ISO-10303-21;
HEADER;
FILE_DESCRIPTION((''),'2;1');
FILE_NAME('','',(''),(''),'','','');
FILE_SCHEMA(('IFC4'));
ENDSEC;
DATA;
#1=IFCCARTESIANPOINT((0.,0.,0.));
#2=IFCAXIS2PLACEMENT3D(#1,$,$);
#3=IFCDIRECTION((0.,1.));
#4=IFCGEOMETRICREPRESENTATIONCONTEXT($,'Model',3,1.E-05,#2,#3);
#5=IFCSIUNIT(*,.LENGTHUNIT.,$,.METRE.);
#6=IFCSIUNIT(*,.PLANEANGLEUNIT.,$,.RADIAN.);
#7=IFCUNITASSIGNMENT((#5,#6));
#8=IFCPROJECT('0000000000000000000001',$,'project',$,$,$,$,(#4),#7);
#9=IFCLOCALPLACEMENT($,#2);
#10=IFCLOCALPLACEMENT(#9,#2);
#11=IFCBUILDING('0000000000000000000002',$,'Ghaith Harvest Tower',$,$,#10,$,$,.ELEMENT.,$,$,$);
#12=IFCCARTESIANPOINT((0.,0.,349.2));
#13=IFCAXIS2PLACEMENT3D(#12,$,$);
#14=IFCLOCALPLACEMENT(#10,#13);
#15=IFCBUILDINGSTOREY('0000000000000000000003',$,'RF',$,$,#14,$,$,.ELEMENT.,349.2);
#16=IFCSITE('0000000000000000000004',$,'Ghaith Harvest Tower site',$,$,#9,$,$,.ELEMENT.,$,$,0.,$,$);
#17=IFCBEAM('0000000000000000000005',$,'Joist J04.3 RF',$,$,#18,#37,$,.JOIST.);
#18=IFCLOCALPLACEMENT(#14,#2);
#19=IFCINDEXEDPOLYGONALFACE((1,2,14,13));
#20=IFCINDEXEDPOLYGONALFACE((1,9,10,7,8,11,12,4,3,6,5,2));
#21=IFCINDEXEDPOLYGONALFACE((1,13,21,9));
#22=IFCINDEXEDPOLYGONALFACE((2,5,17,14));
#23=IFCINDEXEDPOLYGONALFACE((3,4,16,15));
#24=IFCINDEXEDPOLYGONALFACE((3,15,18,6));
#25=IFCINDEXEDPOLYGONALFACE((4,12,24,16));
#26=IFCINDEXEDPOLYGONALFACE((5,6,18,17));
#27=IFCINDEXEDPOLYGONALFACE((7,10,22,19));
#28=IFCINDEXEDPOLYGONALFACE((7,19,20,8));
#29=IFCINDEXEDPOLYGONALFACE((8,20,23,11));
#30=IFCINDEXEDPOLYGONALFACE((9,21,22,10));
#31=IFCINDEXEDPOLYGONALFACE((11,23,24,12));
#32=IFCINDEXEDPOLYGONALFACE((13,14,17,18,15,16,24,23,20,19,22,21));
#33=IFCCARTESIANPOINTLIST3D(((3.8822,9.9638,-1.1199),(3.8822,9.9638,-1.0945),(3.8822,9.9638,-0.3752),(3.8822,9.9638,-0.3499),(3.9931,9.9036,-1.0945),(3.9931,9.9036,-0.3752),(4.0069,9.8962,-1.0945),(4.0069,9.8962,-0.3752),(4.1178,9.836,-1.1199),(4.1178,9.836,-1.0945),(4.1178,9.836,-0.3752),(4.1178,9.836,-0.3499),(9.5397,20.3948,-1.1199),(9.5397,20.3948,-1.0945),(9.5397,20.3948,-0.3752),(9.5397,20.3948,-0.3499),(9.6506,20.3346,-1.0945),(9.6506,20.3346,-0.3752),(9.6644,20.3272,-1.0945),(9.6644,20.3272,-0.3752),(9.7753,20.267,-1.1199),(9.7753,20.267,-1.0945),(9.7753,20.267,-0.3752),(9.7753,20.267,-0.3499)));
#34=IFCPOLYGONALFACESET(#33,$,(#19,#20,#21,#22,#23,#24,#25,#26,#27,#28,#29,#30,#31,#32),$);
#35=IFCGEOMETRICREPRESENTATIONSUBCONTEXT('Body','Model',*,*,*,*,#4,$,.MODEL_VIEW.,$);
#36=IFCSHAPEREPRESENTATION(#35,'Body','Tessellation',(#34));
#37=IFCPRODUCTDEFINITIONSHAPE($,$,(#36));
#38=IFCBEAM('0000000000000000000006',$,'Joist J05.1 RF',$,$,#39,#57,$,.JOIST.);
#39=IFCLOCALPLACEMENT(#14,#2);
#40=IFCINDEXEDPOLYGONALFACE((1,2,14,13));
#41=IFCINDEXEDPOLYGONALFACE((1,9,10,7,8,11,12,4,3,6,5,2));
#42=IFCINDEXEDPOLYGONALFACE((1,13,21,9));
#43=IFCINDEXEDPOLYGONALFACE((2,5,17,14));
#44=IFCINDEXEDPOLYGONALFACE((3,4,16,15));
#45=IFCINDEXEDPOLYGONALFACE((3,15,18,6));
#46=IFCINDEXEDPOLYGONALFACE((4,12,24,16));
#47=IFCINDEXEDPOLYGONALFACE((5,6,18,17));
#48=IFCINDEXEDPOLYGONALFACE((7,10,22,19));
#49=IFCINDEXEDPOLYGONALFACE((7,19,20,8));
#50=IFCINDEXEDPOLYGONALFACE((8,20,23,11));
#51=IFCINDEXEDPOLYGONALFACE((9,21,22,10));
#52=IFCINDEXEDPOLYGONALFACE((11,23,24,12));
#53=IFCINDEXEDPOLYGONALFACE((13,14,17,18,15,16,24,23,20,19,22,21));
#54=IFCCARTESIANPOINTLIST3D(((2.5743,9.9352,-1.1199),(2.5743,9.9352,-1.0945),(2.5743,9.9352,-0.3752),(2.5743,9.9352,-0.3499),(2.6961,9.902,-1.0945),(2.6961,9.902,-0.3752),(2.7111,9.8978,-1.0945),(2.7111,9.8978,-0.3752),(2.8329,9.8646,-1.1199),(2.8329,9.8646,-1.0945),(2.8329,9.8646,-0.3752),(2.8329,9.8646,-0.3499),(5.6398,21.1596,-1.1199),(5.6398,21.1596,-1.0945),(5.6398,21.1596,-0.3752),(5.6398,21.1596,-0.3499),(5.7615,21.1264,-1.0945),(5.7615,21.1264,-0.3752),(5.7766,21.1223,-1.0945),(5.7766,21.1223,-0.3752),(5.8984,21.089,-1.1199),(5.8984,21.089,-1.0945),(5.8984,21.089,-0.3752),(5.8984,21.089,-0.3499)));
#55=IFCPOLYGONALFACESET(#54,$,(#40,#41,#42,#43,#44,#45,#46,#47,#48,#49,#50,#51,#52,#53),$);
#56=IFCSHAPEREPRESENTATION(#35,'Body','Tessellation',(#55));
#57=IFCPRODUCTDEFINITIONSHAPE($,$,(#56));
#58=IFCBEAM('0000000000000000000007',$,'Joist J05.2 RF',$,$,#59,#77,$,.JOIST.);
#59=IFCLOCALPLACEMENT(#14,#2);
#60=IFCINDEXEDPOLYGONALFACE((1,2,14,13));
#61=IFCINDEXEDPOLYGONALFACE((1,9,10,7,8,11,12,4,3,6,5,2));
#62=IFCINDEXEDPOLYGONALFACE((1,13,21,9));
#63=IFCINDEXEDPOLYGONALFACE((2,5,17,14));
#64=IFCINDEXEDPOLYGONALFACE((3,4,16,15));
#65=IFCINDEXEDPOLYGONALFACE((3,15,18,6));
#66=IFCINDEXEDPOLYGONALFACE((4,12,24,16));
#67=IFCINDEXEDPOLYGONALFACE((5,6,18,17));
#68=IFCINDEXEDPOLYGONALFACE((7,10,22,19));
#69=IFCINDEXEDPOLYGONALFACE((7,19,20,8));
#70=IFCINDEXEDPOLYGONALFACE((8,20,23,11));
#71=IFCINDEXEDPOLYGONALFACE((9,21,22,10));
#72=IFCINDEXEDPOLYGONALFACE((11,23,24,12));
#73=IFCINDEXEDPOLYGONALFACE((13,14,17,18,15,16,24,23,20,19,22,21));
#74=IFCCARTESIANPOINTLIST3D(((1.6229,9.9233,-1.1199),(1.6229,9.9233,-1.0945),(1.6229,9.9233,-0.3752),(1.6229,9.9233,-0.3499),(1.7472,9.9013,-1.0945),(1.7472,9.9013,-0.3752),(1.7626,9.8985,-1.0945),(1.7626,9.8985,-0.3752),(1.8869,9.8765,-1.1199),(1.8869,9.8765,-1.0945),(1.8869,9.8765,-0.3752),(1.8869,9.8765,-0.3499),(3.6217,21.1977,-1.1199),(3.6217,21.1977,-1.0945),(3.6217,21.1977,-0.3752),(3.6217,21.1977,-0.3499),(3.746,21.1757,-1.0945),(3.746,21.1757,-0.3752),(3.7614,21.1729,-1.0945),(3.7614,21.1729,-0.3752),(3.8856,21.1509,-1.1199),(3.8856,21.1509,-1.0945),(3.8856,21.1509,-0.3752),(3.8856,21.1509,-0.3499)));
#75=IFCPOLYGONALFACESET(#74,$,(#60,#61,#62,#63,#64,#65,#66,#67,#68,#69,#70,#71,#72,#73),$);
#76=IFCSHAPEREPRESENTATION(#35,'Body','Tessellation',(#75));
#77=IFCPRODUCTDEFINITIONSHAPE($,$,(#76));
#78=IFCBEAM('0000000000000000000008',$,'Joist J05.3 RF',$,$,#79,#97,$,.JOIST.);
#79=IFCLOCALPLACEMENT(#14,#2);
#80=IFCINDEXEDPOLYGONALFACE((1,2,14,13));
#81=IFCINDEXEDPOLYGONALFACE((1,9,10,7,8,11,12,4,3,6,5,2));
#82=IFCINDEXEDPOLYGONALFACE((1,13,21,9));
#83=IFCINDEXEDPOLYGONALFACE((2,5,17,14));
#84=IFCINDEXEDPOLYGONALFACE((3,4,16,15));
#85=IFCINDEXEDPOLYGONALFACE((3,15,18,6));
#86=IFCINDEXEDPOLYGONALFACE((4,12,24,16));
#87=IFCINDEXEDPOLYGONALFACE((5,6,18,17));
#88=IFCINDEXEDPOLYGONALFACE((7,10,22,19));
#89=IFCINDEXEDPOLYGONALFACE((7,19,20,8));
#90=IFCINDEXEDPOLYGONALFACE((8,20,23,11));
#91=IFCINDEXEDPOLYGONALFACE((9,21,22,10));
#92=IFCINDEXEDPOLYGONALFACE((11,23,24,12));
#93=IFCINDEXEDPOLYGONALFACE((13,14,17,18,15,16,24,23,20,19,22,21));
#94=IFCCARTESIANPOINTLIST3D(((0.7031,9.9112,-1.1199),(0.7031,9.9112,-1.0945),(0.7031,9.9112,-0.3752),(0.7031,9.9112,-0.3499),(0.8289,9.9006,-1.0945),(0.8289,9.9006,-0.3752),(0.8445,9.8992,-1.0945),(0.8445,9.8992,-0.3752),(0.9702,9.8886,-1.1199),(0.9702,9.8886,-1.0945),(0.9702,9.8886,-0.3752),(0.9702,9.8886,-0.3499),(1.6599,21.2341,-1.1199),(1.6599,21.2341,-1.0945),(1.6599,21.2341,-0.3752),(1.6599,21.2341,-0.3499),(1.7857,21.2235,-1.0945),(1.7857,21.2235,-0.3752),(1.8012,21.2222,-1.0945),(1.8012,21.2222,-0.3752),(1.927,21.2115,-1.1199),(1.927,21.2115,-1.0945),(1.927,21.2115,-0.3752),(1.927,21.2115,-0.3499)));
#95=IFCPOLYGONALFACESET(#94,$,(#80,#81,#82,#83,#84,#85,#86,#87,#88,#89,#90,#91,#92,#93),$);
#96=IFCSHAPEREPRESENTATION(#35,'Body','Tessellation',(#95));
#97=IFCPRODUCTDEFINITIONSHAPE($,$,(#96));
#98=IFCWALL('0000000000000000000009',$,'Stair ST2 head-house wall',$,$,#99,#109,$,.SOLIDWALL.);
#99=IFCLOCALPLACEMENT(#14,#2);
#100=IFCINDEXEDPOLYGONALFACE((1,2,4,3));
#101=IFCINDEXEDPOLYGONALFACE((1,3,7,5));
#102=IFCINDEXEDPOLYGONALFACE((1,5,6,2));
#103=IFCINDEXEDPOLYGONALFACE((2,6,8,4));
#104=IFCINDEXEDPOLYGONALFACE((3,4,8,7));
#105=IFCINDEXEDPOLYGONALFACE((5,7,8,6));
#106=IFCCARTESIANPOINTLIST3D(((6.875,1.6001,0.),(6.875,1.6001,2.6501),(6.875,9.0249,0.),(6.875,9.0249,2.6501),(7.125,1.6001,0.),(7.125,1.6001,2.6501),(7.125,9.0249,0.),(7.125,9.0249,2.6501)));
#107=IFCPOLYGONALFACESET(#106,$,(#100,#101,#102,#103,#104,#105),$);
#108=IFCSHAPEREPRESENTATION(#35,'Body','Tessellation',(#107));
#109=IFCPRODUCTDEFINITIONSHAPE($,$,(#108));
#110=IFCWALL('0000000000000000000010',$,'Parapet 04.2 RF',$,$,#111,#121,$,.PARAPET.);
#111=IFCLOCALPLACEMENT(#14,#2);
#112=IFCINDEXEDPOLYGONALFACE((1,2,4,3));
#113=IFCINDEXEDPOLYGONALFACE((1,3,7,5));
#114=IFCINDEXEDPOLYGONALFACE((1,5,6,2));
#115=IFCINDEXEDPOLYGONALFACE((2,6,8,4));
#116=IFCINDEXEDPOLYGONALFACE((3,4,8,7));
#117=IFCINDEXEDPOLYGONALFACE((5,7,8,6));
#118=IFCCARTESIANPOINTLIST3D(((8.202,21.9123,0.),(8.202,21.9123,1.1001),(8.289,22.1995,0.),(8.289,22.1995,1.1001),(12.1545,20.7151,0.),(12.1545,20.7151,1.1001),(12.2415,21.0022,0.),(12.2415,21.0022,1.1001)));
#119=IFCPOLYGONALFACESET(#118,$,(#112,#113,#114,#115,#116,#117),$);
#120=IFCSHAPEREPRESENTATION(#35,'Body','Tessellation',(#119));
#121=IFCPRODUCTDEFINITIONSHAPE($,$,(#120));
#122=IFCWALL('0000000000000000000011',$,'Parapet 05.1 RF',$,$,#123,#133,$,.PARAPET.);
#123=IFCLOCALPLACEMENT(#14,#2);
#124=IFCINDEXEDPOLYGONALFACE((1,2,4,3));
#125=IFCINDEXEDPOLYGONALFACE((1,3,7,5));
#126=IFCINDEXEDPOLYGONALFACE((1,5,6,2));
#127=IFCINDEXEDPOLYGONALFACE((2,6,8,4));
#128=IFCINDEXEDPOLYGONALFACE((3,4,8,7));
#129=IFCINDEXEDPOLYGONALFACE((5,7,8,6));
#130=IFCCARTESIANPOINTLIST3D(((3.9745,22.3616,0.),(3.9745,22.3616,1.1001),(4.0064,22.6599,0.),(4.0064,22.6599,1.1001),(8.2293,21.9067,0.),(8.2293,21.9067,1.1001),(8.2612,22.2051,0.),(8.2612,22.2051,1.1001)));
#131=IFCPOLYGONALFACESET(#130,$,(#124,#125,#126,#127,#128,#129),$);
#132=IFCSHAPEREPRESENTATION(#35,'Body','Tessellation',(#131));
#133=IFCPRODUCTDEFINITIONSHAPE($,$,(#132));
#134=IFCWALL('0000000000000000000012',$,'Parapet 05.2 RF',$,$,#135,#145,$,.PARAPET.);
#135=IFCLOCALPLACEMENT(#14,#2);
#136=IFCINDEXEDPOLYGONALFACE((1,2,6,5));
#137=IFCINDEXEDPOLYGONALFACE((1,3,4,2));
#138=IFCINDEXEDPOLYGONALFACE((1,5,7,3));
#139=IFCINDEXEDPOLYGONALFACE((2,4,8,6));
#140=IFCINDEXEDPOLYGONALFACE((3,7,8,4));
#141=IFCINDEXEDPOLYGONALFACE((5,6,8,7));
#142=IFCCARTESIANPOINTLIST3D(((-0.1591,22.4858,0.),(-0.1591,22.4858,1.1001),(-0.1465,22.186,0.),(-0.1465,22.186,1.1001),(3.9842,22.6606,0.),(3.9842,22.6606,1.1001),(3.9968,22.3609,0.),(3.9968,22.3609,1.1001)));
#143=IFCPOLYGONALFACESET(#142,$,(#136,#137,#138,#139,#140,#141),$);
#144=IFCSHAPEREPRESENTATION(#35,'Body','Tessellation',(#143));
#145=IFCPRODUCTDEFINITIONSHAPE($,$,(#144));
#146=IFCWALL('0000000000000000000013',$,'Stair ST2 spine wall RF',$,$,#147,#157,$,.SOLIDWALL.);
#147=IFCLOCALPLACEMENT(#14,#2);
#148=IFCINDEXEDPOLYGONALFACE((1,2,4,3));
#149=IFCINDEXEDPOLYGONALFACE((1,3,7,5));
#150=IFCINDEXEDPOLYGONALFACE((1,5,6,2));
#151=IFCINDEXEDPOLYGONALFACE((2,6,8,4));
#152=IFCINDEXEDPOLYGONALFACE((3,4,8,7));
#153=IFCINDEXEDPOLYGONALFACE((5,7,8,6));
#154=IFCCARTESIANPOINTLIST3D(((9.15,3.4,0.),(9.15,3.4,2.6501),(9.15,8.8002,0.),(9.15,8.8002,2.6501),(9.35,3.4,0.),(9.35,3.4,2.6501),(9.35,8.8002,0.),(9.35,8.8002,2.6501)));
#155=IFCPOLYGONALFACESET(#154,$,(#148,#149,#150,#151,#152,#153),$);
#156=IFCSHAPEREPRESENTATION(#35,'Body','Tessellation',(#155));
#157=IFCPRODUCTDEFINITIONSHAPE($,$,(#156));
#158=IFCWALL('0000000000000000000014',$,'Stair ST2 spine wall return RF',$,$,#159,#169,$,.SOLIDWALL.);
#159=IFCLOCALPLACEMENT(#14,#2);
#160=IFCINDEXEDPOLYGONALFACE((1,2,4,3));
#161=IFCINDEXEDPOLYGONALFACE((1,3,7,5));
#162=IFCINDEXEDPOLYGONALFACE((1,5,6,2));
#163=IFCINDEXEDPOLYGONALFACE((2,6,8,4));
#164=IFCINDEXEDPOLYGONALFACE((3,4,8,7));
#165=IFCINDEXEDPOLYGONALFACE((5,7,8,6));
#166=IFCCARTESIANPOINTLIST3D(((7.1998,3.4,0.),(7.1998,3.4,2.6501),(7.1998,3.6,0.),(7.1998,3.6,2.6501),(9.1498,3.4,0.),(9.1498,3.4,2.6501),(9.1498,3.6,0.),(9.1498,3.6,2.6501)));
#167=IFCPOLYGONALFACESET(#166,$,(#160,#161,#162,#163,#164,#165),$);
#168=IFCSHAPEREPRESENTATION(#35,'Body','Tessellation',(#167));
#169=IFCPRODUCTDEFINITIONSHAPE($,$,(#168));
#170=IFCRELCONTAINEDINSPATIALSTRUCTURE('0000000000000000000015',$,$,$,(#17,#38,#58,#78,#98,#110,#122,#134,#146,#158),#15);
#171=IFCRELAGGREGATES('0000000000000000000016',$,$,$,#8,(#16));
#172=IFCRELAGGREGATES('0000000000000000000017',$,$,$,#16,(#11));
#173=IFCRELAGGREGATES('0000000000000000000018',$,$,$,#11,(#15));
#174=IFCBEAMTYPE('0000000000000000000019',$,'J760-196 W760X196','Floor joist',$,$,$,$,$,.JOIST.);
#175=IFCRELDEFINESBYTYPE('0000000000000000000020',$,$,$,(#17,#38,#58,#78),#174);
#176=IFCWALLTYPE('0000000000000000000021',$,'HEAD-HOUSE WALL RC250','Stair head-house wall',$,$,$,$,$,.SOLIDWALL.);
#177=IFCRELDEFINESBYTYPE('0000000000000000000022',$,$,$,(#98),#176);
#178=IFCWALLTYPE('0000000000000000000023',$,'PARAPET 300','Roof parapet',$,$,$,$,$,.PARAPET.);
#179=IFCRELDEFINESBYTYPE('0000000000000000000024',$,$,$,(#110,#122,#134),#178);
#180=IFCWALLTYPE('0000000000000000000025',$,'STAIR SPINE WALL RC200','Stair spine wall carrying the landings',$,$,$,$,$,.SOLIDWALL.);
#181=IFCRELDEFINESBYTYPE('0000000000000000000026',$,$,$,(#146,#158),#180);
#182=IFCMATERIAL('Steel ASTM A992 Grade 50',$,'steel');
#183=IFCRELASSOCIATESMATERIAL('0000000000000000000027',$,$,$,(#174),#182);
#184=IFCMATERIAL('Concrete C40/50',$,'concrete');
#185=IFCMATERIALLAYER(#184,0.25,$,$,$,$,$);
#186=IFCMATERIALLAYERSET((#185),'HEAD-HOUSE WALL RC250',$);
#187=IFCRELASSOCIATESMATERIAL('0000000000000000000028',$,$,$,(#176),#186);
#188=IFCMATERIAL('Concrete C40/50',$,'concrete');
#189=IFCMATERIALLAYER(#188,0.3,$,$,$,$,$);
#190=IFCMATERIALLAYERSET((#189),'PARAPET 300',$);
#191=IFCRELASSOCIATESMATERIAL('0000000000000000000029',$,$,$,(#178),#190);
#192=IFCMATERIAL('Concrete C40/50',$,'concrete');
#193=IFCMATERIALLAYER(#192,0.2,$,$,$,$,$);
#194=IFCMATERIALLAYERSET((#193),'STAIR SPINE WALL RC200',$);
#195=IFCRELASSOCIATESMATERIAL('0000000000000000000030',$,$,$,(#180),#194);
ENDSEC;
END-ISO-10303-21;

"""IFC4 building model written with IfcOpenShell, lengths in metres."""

from ifc_helpers import new_model, si_unit, direction, frame, frame_2d, origin, origin_2d, place, context, subcontext, project, spatial, rectangle, i_section, extrude, material, layer, layer_set, material_profile, profile_set, type_object, element, save


model = new_model("IFC4")

# Units and contexts
model_context = context("Model", 3, precision=1e-05, world=origin(), true_north=direction((0.0, 1.0)))
body_context = subcontext(model_context, "Body", "Model", "MODEL_VIEW")
ifc_project = project(units=[si_unit("LENGTHUNIT", "METRE"), si_unit("PLANEANGLEUNIT", "RADIAN")], contexts=[model_context])

# Site, building, storey
site_placement = place(None, origin())
site = spatial("IfcSite", under=ifc_project, at=site_placement, Name="Ghaith Harvest Tower site", CompositionType="ELEMENT", RefElevation=0.0)
building_placement = place(site_placement, origin())
building = spatial("IfcBuilding", under=site, at=building_placement, Name="Ghaith Harvest Tower", CompositionType="ELEMENT")
storey_placement = place(building_placement, frame((0.0, 0.0, 349.2)))
storey = spatial("IfcBuildingStorey", under=building, at=storey_placement, Name="RF", CompositionType="ELEMENT", Elevation=349.2)

# Beams
ifc_material_1 = material(Name="Steel ASTM A992 Grade 50", Category="steel")
ifc_material_profile_1 = material_profile(ifc_material_1, i_section(OverallWidth=0.2681, OverallDepth=0.77, WebThickness=0.0156, FlangeThickness=0.0254, at=origin_2d()), Name="W760X196")
ifc_profile_set_1 = profile_set([ifc_material_profile_1], Name="Steel ASTM A992 Grade 50")
beam_type_1 = type_object("IfcBeamType", Name="J760-196 W760X196", Description="Floor joist", PredefinedType="JOIST", material=ifc_profile_set_1)
beam_1_placement = place(storey_placement, frame((4.0, 9.8999, -0.7349), z_axis=(0.476765, 0.879031, 0.0), x_axis=(-0.879031, 0.476765, 0.0)))
element("IfcBeam", 1, at=beam_1_placement, inside=storey, type_object=beam_type_1, Name="Joist J04.3 RF", PredefinedType="JOIST", context=body_context, shape_type="SweptSolid", body=[
    extrude(i_section(OverallWidth=0.2681, OverallDepth=0.77, WebThickness=0.0156, FlangeThickness=0.0254, at=origin_2d()), origin(), (0.0, 0.0, 1.0), 11.8665),
])
beam_2_placement = place(storey_placement, frame((2.7036, 9.8999, -0.7349), z_axis=(0.263456, 0.964671, 0.0), x_axis=(-0.964671, 0.263456, 0.0)))
element("IfcBeam", 2, at=beam_2_placement, inside=storey, type_object=beam_type_1, Name="Joist J05.1 RF", PredefinedType="JOIST", context=body_context, shape_type="SweptSolid", body=[
    extrude(i_section(OverallWidth=0.2681, OverallDepth=0.77, WebThickness=0.0156, FlangeThickness=0.0254, at=origin_2d()), origin(), (0.0, 0.0, 1.0), 11.6355),
])
beam_3_placement = place(storey_placement, frame((1.7549, 9.8999, -0.7349), z_axis=(0.174563, 0.984646, 0.0), x_axis=(-0.984646, 0.174563, 0.0)))
element("IfcBeam", 3, at=beam_3_placement, inside=storey, type_object=beam_type_1, Name="Joist J05.2 RF", PredefinedType="JOIST", context=body_context, shape_type="SweptSolid", body=[
    extrude(i_section(OverallWidth=0.2681, OverallDepth=0.77, WebThickness=0.0156, FlangeThickness=0.0254, at=origin_2d()), origin(), (0.0, 0.0, 1.0), 11.4502),
])
beam_4_placement = place(storey_placement, frame((0.8367, 9.8999, -0.7349), z_axis=(0.084199, 0.996449, 0.0), x_axis=(-0.996449, 0.084199, 0.0)))
element("IfcBeam", 4, at=beam_4_placement, inside=storey, type_object=beam_type_1, Name="Joist J05.3 RF", PredefinedType="JOIST", context=body_context, shape_type="SweptSolid", body=[
    extrude(i_section(OverallWidth=0.2681, OverallDepth=0.77, WebThickness=0.0156, FlangeThickness=0.0254, at=origin_2d()), origin(), (0.0, 0.0, 1.0), 11.3633),
])

# Shared definitions
ifc_material_2 = material(Name="Concrete C40/50", Category="concrete")
ifc_layer_1 = layer(ifc_material_2, 0.25)
ifc_layer_set_1 = layer_set([ifc_layer_1], Name="HEAD-HOUSE WALL RC250")
wall_type_1 = type_object("IfcWallType", Name="HEAD-HOUSE WALL RC250", Description="Stair head-house wall", PredefinedType="SOLIDWALL", material=ifc_layer_set_1)

# Wall
wall_1_placement = place(storey_placement, frame((7.0, 9.0249, 0.0), z_axis=(0.0, 0.0, 1.0), x_axis=(0.0, -1.0, 0.0)))
element("IfcWall", 5, at=wall_1_placement, inside=storey, type_object=wall_type_1, Name="Stair ST2 head-house wall", PredefinedType="SOLIDWALL", context=body_context, shape_type="SweptSolid", body=[
    extrude(rectangle(XDim=7.4248, YDim=0.25, at=frame_2d((3.7124, 0.0))), origin(), (0.0, 0.0, 1.0), 2.6501),
])

# Walls
ifc_material_3 = material(Name="Concrete C40/50", Category="concrete")
ifc_layer_2 = layer(ifc_material_3, 0.3)
ifc_layer_set_2 = layer_set([ifc_layer_2], Name="PARAPET 300")
wall_type_2 = type_object("IfcWallType", Name="PARAPET 300", Description="Roof parapet", PredefinedType="PARAPET", material=ifc_layer_set_2)
wall_2_placement = place(storey_placement, frame((12.198, 20.8586, 0.0), z_axis=(0.0, 0.0, 1.0), x_axis=(-0.957058, 0.289896, 0.0)))
element("IfcWall", 6, at=wall_2_placement, inside=storey, type_object=wall_type_2, Name="Parapet 04.2 RF", PredefinedType="PARAPET", context=body_context, shape_type="SweptSolid", body=[
    extrude(rectangle(XDim=4.1299, YDim=0.3, at=frame_2d((2.0649, 0.0))), origin(), (0.0, 0.0, 1.0), 1.1001),
])
wall_3_placement = place(storey_placement, frame((8.2454, 22.0559, 0.0), z_axis=(0.0, 0.0, 1.0), x_axis=(-0.994335, 0.106291, 0.0)))
element("IfcWall", 7, at=wall_3_placement, inside=storey, type_object=wall_type_2, Name="Parapet 05.1 RF", PredefinedType="PARAPET", context=body_context, shape_type="SweptSolid", body=[
    extrude(rectangle(XDim=4.2791, YDim=0.3, at=frame_2d((2.1396, 0.0))), origin(), (0.0, 0.0, 1.0), 1.1001),
])
wall_4_placement = place(storey_placement, frame((3.9905, 22.5107, 0.0), z_axis=(0.0, 0.0, 1.0), x_axis=(-0.999111, -0.042152, 0.0)))
element("IfcWall", 8, at=wall_4_placement, inside=storey, type_object=wall_type_2, Name="Parapet 05.2 RF", PredefinedType="PARAPET", context=body_context, shape_type="SweptSolid", body=[
    extrude(rectangle(XDim=4.147, YDim=0.3, at=frame_2d((2.0735, 0.0))), origin(), (0.0, 0.0, 1.0), 1.1001),
])
ifc_material_4 = material(Name="Concrete C40/50", Category="concrete")
ifc_layer_3 = layer(ifc_material_4, 0.2)
ifc_layer_set_3 = layer_set([ifc_layer_3], Name="STAIR SPINE WALL RC200")
wall_type_3 = type_object("IfcWallType", Name="STAIR SPINE WALL RC200", Description="Stair spine wall carrying the landings", PredefinedType="SOLIDWALL", material=ifc_layer_set_3)
wall_5_placement = place(storey_placement, frame((9.25, 3.3999, 0.0), z_axis=(0.0, 0.0, 1.0), x_axis=(0.0, 1.0, 0.0)))
element("IfcWall", 9, at=wall_5_placement, inside=storey, type_object=wall_type_3, Name="Stair ST2 spine wall RF", PredefinedType="SOLIDWALL", context=body_context, shape_type="SweptSolid", body=[
    extrude(rectangle(XDim=5.4001, YDim=0.2, at=frame_2d((2.7002, 0.0))), origin(), (0.0, 0.0, 1.0), 2.6501),
])
wall_6_placement = place(storey_placement, frame((9.1499, 3.5, 0.0), z_axis=(0.0, 0.0, 1.0), x_axis=(-1.0, 0.0, 0.0)))
element("IfcWall", 10, at=wall_6_placement, inside=storey, type_object=wall_type_3, Name="Stair ST2 spine wall return RF", PredefinedType="SOLIDWALL", context=body_context, shape_type="SweptSolid", body=[
    extrude(rectangle(XDim=1.95, YDim=0.2, at=frame_2d((0.9751, 0.0))), origin(), (0.0, 0.0, 1.0), 2.6501),
])

save(model, "model.ifc")
